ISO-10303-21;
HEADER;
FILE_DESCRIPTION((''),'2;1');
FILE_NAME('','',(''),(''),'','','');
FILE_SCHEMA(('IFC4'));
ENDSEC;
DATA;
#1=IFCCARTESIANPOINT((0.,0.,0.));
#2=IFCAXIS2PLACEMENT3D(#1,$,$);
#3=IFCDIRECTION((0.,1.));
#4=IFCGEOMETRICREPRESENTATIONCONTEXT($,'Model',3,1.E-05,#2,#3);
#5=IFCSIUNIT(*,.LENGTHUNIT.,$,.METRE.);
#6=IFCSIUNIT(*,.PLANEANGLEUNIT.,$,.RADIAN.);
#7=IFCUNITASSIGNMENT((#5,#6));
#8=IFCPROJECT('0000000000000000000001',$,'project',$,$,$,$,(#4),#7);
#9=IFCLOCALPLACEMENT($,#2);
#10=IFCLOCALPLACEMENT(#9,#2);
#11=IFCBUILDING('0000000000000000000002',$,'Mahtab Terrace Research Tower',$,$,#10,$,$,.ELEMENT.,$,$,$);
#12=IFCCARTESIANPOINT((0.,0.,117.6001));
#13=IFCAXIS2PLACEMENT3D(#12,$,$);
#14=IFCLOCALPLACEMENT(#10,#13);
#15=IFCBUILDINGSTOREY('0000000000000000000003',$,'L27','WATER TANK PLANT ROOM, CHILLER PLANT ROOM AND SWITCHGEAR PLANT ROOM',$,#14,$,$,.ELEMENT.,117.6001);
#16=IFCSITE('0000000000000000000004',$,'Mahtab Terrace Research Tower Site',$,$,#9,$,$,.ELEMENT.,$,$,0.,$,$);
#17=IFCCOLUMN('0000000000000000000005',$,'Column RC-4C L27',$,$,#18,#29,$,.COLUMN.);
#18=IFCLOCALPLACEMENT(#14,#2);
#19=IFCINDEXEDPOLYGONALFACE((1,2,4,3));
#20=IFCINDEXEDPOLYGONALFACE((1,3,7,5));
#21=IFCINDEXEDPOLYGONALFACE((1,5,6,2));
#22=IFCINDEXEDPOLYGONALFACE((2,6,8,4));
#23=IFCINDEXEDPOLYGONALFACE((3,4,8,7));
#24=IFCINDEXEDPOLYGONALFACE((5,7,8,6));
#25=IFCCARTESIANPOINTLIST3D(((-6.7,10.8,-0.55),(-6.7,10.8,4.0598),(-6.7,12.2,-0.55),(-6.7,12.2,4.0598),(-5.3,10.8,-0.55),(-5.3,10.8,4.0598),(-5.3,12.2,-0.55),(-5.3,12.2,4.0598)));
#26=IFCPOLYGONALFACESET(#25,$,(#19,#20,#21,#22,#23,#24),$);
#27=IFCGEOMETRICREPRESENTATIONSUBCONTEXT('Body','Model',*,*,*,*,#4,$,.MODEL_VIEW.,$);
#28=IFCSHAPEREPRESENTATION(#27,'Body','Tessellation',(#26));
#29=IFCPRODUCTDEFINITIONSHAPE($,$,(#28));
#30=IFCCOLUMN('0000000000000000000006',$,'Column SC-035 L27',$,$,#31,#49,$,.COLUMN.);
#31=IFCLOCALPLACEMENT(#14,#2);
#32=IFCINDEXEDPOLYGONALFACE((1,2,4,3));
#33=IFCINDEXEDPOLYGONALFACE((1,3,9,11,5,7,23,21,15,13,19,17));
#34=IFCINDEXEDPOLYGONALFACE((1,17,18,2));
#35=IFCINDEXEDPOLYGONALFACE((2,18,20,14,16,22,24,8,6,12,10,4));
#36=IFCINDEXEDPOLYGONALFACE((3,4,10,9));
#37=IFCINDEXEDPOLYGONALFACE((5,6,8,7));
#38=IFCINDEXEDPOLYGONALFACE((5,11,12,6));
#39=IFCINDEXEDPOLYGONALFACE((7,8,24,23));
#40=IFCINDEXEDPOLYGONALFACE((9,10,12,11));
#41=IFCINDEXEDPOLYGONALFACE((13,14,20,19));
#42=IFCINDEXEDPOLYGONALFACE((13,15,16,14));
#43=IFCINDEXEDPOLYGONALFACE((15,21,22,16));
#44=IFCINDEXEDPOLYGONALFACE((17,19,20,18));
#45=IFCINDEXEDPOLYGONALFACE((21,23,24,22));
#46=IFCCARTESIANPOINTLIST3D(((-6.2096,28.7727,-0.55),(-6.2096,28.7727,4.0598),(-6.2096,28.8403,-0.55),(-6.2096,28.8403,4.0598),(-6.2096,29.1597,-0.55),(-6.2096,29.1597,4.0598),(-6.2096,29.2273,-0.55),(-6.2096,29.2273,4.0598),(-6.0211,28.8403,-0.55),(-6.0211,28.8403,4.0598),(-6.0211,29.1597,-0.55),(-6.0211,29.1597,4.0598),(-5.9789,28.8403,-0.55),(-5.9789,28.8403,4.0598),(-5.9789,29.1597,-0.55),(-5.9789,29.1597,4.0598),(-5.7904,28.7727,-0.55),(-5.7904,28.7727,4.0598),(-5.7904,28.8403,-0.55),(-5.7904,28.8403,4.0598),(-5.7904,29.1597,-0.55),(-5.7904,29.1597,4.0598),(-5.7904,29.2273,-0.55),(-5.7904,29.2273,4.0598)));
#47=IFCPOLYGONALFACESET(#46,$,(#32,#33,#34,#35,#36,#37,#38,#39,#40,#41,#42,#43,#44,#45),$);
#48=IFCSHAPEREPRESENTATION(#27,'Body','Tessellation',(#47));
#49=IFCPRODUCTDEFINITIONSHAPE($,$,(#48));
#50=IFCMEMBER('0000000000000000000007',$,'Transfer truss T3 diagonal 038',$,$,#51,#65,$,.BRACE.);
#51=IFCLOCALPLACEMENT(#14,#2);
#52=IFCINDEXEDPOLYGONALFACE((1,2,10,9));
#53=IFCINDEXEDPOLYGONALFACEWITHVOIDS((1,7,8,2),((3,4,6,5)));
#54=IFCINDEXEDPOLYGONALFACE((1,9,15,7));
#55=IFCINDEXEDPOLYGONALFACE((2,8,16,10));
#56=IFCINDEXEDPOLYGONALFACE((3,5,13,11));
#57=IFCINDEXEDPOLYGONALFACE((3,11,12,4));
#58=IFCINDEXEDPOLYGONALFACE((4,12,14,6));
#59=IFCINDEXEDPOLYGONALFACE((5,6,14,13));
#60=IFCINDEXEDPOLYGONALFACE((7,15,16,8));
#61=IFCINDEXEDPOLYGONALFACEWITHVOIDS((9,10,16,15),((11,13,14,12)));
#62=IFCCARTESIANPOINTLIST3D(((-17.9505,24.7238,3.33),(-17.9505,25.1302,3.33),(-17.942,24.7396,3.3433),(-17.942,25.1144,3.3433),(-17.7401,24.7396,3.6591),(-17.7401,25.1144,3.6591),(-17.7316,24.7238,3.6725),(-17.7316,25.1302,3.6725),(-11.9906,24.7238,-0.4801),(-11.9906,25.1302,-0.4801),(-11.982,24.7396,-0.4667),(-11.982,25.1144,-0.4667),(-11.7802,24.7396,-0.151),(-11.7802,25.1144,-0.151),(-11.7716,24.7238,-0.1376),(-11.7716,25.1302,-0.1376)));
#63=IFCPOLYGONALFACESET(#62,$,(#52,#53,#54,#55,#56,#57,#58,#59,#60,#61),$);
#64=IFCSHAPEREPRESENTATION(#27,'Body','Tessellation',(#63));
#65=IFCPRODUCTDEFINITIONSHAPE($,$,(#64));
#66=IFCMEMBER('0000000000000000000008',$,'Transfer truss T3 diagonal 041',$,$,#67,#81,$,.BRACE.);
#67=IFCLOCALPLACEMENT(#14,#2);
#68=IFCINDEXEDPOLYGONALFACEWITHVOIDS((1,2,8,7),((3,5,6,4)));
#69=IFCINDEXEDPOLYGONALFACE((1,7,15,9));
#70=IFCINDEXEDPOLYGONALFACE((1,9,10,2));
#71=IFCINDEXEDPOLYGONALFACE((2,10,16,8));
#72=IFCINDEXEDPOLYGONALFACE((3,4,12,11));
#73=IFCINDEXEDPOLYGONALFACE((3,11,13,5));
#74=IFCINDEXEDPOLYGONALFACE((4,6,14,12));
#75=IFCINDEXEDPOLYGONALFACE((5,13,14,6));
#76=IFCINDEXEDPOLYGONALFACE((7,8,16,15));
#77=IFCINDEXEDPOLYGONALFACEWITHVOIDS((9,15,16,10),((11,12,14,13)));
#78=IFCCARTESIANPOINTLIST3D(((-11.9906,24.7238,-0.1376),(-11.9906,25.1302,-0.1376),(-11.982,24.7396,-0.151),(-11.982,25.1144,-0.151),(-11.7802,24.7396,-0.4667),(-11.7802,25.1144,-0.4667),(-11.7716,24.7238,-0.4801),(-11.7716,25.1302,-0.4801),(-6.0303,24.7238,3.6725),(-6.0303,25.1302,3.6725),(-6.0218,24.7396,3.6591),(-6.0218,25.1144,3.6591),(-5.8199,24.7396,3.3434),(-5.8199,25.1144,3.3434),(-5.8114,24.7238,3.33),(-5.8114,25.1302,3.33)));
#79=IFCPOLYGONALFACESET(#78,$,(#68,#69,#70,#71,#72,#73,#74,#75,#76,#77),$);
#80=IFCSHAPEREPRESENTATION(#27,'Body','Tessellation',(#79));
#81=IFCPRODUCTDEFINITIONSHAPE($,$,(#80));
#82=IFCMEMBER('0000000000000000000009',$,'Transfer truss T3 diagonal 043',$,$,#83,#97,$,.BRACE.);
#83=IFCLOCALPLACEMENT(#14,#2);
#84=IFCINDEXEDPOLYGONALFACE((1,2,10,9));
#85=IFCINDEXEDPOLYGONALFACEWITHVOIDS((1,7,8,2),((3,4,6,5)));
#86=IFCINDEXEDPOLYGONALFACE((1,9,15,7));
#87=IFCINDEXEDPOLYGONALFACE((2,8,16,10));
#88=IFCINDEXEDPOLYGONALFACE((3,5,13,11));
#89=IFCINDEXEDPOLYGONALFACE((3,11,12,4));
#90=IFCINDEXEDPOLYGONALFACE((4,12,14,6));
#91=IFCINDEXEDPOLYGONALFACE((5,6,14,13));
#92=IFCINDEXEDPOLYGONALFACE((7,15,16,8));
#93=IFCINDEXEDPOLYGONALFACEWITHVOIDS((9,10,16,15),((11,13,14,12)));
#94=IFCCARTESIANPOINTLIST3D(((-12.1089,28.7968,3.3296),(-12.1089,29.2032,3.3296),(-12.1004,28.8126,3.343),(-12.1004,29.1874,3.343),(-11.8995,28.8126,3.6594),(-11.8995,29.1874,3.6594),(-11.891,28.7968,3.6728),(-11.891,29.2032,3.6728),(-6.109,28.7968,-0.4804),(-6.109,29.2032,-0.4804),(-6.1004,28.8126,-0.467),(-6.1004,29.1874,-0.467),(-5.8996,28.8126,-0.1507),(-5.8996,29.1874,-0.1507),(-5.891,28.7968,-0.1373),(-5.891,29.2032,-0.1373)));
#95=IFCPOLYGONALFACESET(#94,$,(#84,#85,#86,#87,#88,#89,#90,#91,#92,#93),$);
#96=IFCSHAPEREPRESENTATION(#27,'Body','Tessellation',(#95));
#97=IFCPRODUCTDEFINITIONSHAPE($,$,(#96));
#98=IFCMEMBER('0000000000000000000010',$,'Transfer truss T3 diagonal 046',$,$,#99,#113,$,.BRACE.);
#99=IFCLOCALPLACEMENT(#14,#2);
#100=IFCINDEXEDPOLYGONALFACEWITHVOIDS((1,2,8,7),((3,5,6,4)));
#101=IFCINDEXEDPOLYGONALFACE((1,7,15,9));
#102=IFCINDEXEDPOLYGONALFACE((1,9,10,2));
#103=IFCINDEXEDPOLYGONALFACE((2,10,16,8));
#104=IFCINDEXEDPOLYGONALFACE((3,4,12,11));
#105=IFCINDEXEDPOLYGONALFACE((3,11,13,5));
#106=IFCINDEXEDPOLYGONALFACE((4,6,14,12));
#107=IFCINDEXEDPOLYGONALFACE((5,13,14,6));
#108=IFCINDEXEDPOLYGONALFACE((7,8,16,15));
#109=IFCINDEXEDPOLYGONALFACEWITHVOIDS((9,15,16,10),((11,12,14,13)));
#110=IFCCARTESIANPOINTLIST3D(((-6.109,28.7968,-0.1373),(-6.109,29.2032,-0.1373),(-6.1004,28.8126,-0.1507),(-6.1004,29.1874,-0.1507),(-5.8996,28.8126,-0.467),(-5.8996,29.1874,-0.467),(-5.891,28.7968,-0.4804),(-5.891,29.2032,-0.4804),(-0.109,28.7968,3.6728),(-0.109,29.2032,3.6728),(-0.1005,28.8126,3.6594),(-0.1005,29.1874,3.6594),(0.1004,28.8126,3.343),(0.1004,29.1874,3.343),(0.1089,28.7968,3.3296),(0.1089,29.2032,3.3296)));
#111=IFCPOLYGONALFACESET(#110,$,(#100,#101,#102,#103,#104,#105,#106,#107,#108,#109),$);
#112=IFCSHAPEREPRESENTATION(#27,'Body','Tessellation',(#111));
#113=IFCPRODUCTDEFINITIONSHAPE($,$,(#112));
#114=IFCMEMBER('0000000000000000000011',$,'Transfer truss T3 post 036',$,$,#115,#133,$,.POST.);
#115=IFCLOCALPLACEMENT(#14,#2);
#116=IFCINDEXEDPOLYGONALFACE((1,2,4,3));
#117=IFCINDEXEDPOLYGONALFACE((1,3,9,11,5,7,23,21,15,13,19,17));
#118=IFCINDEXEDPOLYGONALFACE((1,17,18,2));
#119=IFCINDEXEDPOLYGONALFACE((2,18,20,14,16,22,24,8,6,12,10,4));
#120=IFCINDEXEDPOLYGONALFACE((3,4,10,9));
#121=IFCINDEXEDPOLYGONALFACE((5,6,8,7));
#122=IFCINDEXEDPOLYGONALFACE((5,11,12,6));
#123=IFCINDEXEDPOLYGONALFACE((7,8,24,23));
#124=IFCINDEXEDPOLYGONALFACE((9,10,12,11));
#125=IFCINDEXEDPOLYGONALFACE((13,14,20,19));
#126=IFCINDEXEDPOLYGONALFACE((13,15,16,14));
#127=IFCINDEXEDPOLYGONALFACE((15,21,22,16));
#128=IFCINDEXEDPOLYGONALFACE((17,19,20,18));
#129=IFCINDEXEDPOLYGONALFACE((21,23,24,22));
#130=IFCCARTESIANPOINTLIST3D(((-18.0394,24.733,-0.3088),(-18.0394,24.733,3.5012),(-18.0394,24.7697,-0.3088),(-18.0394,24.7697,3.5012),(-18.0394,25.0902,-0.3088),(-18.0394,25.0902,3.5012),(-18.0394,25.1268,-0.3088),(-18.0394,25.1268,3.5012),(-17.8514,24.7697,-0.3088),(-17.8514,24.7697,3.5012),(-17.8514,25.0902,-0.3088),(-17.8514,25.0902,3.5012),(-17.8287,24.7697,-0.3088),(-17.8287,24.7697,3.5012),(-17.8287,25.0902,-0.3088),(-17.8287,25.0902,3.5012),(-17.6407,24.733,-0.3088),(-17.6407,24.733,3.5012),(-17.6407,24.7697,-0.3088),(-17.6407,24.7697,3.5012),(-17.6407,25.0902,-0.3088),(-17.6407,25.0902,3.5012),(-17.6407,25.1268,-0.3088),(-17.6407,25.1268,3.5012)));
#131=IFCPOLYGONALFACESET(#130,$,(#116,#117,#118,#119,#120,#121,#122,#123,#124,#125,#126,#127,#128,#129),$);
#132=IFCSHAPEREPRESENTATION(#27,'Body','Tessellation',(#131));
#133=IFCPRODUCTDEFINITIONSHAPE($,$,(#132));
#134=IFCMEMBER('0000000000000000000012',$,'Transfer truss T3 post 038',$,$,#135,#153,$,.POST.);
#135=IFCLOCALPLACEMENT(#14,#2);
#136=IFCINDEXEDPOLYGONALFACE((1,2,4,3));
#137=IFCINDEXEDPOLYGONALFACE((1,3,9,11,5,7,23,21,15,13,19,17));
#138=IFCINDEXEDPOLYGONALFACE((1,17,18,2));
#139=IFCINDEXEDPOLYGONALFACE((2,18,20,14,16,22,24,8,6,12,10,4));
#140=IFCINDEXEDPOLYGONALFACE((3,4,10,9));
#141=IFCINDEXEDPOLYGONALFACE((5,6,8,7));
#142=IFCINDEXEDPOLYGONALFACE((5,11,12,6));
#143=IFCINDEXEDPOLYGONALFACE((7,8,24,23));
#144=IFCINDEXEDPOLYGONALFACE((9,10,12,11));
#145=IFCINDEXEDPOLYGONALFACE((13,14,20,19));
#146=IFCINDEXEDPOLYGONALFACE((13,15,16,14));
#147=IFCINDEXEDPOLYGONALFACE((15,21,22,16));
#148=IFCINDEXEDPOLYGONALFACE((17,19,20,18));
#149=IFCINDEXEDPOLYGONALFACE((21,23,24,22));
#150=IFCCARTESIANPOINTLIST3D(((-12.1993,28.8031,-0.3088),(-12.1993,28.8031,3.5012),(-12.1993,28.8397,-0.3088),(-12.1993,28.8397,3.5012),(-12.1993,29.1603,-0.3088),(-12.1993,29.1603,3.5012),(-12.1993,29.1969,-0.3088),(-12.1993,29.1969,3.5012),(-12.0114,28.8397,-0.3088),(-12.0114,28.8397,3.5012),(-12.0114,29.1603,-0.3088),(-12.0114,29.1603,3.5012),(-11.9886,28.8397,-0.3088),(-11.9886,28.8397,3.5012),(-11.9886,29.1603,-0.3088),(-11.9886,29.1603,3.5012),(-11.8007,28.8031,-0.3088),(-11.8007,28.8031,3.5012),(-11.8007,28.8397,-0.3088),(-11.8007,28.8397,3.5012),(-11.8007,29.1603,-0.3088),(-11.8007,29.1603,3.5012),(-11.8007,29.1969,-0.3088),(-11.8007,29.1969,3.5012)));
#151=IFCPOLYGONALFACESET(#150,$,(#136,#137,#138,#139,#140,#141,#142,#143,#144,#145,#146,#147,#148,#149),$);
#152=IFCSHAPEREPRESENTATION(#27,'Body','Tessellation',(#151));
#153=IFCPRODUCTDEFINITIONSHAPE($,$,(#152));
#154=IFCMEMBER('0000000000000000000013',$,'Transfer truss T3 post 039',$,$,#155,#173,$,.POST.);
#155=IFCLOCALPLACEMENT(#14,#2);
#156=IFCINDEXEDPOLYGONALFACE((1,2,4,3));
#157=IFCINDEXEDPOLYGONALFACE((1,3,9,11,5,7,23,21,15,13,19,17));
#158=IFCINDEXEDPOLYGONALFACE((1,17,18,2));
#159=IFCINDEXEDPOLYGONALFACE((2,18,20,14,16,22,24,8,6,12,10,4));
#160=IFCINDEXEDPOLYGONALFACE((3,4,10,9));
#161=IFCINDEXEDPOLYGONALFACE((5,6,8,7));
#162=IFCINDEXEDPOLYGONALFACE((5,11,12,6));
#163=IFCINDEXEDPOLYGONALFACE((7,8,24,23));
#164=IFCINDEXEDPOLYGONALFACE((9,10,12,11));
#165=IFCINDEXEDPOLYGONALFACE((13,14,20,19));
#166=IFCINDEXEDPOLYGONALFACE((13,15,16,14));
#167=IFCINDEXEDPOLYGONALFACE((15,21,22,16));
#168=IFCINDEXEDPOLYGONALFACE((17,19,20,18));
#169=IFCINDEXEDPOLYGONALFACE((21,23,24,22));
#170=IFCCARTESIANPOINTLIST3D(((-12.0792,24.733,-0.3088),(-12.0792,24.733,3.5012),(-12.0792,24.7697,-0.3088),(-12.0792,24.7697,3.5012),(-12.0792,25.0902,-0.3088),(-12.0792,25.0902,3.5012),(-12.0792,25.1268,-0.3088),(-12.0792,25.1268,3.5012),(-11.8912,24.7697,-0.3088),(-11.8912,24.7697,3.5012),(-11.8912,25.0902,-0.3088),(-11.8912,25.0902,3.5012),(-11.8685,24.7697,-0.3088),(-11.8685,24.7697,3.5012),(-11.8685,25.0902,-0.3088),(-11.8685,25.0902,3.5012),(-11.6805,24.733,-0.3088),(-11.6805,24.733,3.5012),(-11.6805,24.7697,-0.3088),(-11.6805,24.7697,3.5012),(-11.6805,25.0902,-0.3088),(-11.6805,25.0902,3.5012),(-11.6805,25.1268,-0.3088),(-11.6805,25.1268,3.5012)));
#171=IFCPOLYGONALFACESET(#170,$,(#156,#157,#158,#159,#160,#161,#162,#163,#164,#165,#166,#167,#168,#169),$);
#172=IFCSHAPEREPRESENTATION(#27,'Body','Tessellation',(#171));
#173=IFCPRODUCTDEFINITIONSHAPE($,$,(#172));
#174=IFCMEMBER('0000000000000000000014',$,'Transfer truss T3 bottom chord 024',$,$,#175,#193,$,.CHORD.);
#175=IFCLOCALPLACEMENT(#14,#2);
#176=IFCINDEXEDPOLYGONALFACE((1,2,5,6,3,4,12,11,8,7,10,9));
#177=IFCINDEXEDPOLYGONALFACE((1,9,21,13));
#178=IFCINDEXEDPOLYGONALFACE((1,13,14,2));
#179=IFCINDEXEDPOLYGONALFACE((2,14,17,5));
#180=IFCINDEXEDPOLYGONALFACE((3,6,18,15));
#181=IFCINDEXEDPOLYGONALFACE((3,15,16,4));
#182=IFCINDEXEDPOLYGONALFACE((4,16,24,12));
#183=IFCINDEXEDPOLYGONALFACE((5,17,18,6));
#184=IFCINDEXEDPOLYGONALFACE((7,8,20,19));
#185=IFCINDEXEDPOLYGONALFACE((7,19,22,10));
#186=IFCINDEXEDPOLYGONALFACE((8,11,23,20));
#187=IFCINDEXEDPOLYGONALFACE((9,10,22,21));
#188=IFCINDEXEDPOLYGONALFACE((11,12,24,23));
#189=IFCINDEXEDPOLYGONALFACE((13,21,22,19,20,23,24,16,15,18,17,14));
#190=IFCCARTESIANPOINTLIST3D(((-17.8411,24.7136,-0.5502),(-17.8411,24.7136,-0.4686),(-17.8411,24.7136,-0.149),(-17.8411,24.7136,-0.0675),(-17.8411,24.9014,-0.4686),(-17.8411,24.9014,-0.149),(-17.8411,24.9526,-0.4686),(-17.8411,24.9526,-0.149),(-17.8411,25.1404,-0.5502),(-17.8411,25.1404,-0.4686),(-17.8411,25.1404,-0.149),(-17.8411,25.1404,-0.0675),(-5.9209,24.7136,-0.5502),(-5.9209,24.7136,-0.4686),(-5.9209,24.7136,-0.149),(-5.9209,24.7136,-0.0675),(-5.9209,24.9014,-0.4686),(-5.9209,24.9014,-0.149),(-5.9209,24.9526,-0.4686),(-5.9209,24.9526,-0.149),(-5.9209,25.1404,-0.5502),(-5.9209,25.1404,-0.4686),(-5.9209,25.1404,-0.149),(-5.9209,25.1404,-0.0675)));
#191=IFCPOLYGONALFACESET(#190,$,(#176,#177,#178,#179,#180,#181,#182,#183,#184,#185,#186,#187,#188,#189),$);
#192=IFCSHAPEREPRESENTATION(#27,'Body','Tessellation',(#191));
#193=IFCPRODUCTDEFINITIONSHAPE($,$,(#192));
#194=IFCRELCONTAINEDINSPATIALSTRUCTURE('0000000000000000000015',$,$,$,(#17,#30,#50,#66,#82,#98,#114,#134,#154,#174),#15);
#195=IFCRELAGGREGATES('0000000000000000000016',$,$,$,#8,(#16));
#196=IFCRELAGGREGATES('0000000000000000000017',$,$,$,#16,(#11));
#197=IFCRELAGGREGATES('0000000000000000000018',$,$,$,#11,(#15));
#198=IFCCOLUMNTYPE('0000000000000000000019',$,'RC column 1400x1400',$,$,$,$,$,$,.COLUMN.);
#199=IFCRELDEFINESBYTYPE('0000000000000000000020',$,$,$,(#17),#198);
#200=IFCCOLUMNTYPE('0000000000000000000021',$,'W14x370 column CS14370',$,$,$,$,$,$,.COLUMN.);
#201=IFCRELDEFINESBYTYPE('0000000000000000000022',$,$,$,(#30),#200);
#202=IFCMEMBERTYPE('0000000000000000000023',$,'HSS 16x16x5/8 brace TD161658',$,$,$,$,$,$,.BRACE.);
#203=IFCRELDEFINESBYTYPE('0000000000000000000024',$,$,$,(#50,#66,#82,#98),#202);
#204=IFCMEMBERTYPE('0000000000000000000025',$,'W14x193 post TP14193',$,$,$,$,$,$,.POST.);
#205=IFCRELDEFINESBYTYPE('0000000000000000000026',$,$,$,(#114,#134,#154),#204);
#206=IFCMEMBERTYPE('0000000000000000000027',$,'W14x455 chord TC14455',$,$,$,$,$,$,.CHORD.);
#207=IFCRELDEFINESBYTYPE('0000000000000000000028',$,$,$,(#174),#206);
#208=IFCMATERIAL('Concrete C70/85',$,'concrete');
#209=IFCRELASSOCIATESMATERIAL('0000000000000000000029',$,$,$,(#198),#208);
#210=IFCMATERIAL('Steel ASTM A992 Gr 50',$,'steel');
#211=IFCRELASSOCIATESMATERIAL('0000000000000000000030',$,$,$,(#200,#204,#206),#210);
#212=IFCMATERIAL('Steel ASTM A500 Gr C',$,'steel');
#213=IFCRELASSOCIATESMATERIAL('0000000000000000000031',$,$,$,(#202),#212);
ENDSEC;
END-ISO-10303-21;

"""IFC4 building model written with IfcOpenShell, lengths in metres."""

from ifc_helpers import new_model, si_unit, direction, frame, origin, origin_2d, place, context, subcontext, project, spatial, rectangle, hollow_rectangle, i_section, extrude, material, material_profile, profile_set, type_object, element, save


model = new_model("IFC4")

# Units and contexts
model_context = context("Model", 3, precision=1e-05, world=origin(), true_north=direction((0.0, 1.0)))
body_context = subcontext(model_context, "Body", "Model", "MODEL_VIEW")
ifc_project = project(units=[si_unit("LENGTHUNIT", "METRE"), si_unit("PLANEANGLEUNIT", "RADIAN")], contexts=[model_context])

# Site, building, storey
site_placement = place(None, origin())
site = spatial("IfcSite", under=ifc_project, at=site_placement, Name="Mahtab Terrace Research Tower Site", CompositionType="ELEMENT", RefElevation=0.0)
building_placement = place(site_placement, origin())
building = spatial("IfcBuilding", under=site, at=building_placement, Name="Mahtab Terrace Research Tower", CompositionType="ELEMENT")
storey_placement = place(building_placement, frame((0.0, 0.0, 117.6001)))
storey = spatial("IfcBuildingStorey", under=building, at=storey_placement, Name="L27", Description="WATER TANK PLANT ROOM, CHILLER PLANT ROOM AND SWITCHGEAR PLANT ROOM", CompositionType="ELEMENT", Elevation=117.6001)

# Columns
ifc_material_1 = material(Name="Concrete C70/85", Category="concrete")
ifc_material_profile_1 = material_profile(ifc_material_1, rectangle(XDim=1.3999, YDim=1.3999, at=origin_2d()), Name="RC column 1400x1400")
ifc_profile_set_1 = profile_set([ifc_material_profile_1], Name="Concrete C70/85")
column_type_1 = type_object("IfcColumnType", Name="RC column 1400x1400", PredefinedType="COLUMN", material=ifc_profile_set_1)
column_1_placement = place(storey_placement, frame((-6.0, 11.5, -0.55), z_axis=(0.0, 0.0, 1.0), x_axis=(1.0, 0.0, 0.0)))
element("IfcColumn", 1, at=column_1_placement, inside=storey, type_object=column_type_1, Name="Column RC-4C L27", PredefinedType="COLUMN", context=body_context, shape_type="SweptSolid", body=[
    extrude(rectangle(XDim=1.3999, YDim=1.3999, at=origin_2d()), origin(), (0.0, 0.0, 1.0), 4.6099),
])
ifc_material_2 = material(Name="Steel ASTM A992 Gr 50", Category="steel")
ifc_material_profile_2 = material_profile(ifc_material_2, i_section(OverallWidth=0.4192, OverallDepth=0.4546, WebThickness=0.0422, FlangeThickness=0.0676, at=origin_2d()), Name="W14X370")
ifc_profile_set_2 = profile_set([ifc_material_profile_2], Name="Steel ASTM A992 Gr 50")
column_type_2 = type_object("IfcColumnType", Name="W14x370 column CS14370", PredefinedType="COLUMN", material=ifc_profile_set_2)
column_2_placement = place(storey_placement, frame((-6.0, 29.0, -0.55), z_axis=(0.0, 0.0, 1.0), x_axis=(1.0, 0.0, 0.0)))
element("IfcColumn", 2, at=column_2_placement, inside=storey, type_object=column_type_2, Name="Column SC-035 L27", PredefinedType="COLUMN", context=body_context, shape_type="SweptSolid", body=[
    extrude(i_section(OverallWidth=0.4192, OverallDepth=0.4546, WebThickness=0.0422, FlangeThickness=0.0676, at=origin_2d()), origin(), (0.0, 0.0, 1.0), 4.6099),
])

# Members
ifc_material_3 = material(Name="Steel ASTM A500 Gr C", Category="steel")
ifc_material_profile_3 = material_profile(ifc_material_3, hollow_rectangle(XDim=0.4065, YDim=0.4065, WallThickness=0.0159, at=origin_2d()), Name="HSS16X16X5/8")
ifc_profile_set_3 = profile_set([ifc_material_profile_3], Name="Steel ASTM A500 Gr C")
member_type_1 = type_object("IfcMemberType", Name="HSS 16x16x5/8 brace TD161658", PredefinedType="BRACE", material=ifc_profile_set_3)
member_1_placement = place(storey_placement, frame((-11.8811, 24.927, -0.3088), z_axis=(-0.842548, 0.0, 0.538621), x_axis=(0.0, -1.0, 0.0)))
element("IfcMember", 3, at=member_1_placement, inside=storey, type_object=member_type_1, Name="Transfer truss T3 diagonal 038", PredefinedType="BRACE", context=body_context, shape_type="SweptSolid", body=[
    extrude(hollow_rectangle(XDim=0.4065, YDim=0.4065, WallThickness=0.0159, at=origin_2d()), origin(), (0.0, 0.0, 1.0), 7.0737),
])
member_2_placement = place(storey_placement, frame((-11.8811, 24.927, -0.3088), z_axis=(0.842558, 0.0, 0.538605), x_axis=(0.0, 1.0, 0.0)))
element("IfcMember", 4, at=member_2_placement, inside=storey, type_object=member_type_1, Name="Transfer truss T3 diagonal 041", PredefinedType="BRACE", context=body_context, shape_type="SweptSolid", body=[
    extrude(hollow_rectangle(XDim=0.4065, YDim=0.4065, WallThickness=0.0159, at=origin_2d()), origin(), (0.0, 0.0, 1.0), 7.074),
])
for number, where, z_axis, x_axis, name in (
    (5, (-6.0, 29.0, -0.3088), (-0.844179, 0.0, 0.536062), (0.0, -1.0, 0.0), "Transfer truss T3 diagonal 043"),
    (6, (-6.0, 29.0, -0.3088), (0.844179, 0.0, 0.536062), (0.0, 1.0, 0.0), "Transfer truss T3 diagonal 046"),
):
    element("IfcMember", number, at=place(storey_placement, frame(where, z_axis=z_axis, x_axis=x_axis)), inside=storey, type_object=member_type_1, Name=name, PredefinedType="BRACE", context=body_context, shape_type="SweptSolid", body=[
        extrude(hollow_rectangle(XDim=0.4065, YDim=0.4065, WallThickness=0.0159, at=origin_2d()), origin(), (0.0, 0.0, 1.0), 7.1074),
    ])
ifc_material_profile_4 = material_profile(ifc_material_2, i_section(OverallWidth=0.3987, OverallDepth=0.3938, WebThickness=0.0227, FlangeThickness=0.0366, at=origin_2d()), Name="W14X193")
ifc_profile_set_4 = profile_set([ifc_material_profile_4], Name="Steel ASTM A992 Gr 50")
member_type_2 = type_object("IfcMemberType", Name="W14x193 post TP14193", PredefinedType="POST", material=ifc_profile_set_4)
for number, where, z_axis, x_axis, name in (
    (7, (-17.8401, 24.9299, -0.3088), (0.0, 0.0, 1.0), (1.0, 0.0, 0.0), "Transfer truss T3 post 036"),
    (8, (-12.0, 29.0, -0.3088), (0.0, 0.0, 1.0), (1.0, 0.0, 0.0), "Transfer truss T3 post 038"),
    (9, (-11.8799, 24.9299, -0.3088), (0.0, 0.0, 1.0), (1.0, 0.0, 0.0), "Transfer truss T3 post 039"),
):
    element("IfcMember", number, at=place(storey_placement, frame(where, z_axis=z_axis, x_axis=x_axis)), inside=storey, type_object=member_type_2, Name=name, PredefinedType="POST", context=body_context, shape_type="SweptSolid", body=[
        extrude(i_section(OverallWidth=0.3987, OverallDepth=0.3938, WebThickness=0.0227, FlangeThickness=0.0366, at=origin_2d()), origin(), (0.0, 0.0, 1.0), 3.8101),
    ])
ifc_material_profile_5 = material_profile(ifc_material_2, i_section(OverallWidth=0.4268, OverallDepth=0.4827, WebThickness=0.0513, FlangeThickness=0.0815, at=origin_2d()), Name="W14X455")
ifc_profile_set_5 = profile_set([ifc_material_profile_5], Name="Steel ASTM A992 Gr 50")
member_type_3 = type_object("IfcMemberType", Name="W14x455 chord TC14455", PredefinedType="CHORD", material=ifc_profile_set_5)
member_3_placement = place(storey_placement, frame((-17.8411, 24.927, -0.3088), z_axis=(1.0, 0.0, 0.0), x_axis=(0.0, 1.0, 0.0)))
element("IfcMember", 10, at=member_3_placement, inside=storey, type_object=member_type_3, Name="Transfer truss T3 bottom chord 024", PredefinedType="CHORD", context=body_context, shape_type="SweptSolid", body=[
    extrude(i_section(OverallWidth=0.4268, OverallDepth=0.4827, WebThickness=0.0513, FlangeThickness=0.0815, at=origin_2d()), origin(), (0.0, 0.0, 1.0), 11.9202),
])

save(model, "model.ifc")
